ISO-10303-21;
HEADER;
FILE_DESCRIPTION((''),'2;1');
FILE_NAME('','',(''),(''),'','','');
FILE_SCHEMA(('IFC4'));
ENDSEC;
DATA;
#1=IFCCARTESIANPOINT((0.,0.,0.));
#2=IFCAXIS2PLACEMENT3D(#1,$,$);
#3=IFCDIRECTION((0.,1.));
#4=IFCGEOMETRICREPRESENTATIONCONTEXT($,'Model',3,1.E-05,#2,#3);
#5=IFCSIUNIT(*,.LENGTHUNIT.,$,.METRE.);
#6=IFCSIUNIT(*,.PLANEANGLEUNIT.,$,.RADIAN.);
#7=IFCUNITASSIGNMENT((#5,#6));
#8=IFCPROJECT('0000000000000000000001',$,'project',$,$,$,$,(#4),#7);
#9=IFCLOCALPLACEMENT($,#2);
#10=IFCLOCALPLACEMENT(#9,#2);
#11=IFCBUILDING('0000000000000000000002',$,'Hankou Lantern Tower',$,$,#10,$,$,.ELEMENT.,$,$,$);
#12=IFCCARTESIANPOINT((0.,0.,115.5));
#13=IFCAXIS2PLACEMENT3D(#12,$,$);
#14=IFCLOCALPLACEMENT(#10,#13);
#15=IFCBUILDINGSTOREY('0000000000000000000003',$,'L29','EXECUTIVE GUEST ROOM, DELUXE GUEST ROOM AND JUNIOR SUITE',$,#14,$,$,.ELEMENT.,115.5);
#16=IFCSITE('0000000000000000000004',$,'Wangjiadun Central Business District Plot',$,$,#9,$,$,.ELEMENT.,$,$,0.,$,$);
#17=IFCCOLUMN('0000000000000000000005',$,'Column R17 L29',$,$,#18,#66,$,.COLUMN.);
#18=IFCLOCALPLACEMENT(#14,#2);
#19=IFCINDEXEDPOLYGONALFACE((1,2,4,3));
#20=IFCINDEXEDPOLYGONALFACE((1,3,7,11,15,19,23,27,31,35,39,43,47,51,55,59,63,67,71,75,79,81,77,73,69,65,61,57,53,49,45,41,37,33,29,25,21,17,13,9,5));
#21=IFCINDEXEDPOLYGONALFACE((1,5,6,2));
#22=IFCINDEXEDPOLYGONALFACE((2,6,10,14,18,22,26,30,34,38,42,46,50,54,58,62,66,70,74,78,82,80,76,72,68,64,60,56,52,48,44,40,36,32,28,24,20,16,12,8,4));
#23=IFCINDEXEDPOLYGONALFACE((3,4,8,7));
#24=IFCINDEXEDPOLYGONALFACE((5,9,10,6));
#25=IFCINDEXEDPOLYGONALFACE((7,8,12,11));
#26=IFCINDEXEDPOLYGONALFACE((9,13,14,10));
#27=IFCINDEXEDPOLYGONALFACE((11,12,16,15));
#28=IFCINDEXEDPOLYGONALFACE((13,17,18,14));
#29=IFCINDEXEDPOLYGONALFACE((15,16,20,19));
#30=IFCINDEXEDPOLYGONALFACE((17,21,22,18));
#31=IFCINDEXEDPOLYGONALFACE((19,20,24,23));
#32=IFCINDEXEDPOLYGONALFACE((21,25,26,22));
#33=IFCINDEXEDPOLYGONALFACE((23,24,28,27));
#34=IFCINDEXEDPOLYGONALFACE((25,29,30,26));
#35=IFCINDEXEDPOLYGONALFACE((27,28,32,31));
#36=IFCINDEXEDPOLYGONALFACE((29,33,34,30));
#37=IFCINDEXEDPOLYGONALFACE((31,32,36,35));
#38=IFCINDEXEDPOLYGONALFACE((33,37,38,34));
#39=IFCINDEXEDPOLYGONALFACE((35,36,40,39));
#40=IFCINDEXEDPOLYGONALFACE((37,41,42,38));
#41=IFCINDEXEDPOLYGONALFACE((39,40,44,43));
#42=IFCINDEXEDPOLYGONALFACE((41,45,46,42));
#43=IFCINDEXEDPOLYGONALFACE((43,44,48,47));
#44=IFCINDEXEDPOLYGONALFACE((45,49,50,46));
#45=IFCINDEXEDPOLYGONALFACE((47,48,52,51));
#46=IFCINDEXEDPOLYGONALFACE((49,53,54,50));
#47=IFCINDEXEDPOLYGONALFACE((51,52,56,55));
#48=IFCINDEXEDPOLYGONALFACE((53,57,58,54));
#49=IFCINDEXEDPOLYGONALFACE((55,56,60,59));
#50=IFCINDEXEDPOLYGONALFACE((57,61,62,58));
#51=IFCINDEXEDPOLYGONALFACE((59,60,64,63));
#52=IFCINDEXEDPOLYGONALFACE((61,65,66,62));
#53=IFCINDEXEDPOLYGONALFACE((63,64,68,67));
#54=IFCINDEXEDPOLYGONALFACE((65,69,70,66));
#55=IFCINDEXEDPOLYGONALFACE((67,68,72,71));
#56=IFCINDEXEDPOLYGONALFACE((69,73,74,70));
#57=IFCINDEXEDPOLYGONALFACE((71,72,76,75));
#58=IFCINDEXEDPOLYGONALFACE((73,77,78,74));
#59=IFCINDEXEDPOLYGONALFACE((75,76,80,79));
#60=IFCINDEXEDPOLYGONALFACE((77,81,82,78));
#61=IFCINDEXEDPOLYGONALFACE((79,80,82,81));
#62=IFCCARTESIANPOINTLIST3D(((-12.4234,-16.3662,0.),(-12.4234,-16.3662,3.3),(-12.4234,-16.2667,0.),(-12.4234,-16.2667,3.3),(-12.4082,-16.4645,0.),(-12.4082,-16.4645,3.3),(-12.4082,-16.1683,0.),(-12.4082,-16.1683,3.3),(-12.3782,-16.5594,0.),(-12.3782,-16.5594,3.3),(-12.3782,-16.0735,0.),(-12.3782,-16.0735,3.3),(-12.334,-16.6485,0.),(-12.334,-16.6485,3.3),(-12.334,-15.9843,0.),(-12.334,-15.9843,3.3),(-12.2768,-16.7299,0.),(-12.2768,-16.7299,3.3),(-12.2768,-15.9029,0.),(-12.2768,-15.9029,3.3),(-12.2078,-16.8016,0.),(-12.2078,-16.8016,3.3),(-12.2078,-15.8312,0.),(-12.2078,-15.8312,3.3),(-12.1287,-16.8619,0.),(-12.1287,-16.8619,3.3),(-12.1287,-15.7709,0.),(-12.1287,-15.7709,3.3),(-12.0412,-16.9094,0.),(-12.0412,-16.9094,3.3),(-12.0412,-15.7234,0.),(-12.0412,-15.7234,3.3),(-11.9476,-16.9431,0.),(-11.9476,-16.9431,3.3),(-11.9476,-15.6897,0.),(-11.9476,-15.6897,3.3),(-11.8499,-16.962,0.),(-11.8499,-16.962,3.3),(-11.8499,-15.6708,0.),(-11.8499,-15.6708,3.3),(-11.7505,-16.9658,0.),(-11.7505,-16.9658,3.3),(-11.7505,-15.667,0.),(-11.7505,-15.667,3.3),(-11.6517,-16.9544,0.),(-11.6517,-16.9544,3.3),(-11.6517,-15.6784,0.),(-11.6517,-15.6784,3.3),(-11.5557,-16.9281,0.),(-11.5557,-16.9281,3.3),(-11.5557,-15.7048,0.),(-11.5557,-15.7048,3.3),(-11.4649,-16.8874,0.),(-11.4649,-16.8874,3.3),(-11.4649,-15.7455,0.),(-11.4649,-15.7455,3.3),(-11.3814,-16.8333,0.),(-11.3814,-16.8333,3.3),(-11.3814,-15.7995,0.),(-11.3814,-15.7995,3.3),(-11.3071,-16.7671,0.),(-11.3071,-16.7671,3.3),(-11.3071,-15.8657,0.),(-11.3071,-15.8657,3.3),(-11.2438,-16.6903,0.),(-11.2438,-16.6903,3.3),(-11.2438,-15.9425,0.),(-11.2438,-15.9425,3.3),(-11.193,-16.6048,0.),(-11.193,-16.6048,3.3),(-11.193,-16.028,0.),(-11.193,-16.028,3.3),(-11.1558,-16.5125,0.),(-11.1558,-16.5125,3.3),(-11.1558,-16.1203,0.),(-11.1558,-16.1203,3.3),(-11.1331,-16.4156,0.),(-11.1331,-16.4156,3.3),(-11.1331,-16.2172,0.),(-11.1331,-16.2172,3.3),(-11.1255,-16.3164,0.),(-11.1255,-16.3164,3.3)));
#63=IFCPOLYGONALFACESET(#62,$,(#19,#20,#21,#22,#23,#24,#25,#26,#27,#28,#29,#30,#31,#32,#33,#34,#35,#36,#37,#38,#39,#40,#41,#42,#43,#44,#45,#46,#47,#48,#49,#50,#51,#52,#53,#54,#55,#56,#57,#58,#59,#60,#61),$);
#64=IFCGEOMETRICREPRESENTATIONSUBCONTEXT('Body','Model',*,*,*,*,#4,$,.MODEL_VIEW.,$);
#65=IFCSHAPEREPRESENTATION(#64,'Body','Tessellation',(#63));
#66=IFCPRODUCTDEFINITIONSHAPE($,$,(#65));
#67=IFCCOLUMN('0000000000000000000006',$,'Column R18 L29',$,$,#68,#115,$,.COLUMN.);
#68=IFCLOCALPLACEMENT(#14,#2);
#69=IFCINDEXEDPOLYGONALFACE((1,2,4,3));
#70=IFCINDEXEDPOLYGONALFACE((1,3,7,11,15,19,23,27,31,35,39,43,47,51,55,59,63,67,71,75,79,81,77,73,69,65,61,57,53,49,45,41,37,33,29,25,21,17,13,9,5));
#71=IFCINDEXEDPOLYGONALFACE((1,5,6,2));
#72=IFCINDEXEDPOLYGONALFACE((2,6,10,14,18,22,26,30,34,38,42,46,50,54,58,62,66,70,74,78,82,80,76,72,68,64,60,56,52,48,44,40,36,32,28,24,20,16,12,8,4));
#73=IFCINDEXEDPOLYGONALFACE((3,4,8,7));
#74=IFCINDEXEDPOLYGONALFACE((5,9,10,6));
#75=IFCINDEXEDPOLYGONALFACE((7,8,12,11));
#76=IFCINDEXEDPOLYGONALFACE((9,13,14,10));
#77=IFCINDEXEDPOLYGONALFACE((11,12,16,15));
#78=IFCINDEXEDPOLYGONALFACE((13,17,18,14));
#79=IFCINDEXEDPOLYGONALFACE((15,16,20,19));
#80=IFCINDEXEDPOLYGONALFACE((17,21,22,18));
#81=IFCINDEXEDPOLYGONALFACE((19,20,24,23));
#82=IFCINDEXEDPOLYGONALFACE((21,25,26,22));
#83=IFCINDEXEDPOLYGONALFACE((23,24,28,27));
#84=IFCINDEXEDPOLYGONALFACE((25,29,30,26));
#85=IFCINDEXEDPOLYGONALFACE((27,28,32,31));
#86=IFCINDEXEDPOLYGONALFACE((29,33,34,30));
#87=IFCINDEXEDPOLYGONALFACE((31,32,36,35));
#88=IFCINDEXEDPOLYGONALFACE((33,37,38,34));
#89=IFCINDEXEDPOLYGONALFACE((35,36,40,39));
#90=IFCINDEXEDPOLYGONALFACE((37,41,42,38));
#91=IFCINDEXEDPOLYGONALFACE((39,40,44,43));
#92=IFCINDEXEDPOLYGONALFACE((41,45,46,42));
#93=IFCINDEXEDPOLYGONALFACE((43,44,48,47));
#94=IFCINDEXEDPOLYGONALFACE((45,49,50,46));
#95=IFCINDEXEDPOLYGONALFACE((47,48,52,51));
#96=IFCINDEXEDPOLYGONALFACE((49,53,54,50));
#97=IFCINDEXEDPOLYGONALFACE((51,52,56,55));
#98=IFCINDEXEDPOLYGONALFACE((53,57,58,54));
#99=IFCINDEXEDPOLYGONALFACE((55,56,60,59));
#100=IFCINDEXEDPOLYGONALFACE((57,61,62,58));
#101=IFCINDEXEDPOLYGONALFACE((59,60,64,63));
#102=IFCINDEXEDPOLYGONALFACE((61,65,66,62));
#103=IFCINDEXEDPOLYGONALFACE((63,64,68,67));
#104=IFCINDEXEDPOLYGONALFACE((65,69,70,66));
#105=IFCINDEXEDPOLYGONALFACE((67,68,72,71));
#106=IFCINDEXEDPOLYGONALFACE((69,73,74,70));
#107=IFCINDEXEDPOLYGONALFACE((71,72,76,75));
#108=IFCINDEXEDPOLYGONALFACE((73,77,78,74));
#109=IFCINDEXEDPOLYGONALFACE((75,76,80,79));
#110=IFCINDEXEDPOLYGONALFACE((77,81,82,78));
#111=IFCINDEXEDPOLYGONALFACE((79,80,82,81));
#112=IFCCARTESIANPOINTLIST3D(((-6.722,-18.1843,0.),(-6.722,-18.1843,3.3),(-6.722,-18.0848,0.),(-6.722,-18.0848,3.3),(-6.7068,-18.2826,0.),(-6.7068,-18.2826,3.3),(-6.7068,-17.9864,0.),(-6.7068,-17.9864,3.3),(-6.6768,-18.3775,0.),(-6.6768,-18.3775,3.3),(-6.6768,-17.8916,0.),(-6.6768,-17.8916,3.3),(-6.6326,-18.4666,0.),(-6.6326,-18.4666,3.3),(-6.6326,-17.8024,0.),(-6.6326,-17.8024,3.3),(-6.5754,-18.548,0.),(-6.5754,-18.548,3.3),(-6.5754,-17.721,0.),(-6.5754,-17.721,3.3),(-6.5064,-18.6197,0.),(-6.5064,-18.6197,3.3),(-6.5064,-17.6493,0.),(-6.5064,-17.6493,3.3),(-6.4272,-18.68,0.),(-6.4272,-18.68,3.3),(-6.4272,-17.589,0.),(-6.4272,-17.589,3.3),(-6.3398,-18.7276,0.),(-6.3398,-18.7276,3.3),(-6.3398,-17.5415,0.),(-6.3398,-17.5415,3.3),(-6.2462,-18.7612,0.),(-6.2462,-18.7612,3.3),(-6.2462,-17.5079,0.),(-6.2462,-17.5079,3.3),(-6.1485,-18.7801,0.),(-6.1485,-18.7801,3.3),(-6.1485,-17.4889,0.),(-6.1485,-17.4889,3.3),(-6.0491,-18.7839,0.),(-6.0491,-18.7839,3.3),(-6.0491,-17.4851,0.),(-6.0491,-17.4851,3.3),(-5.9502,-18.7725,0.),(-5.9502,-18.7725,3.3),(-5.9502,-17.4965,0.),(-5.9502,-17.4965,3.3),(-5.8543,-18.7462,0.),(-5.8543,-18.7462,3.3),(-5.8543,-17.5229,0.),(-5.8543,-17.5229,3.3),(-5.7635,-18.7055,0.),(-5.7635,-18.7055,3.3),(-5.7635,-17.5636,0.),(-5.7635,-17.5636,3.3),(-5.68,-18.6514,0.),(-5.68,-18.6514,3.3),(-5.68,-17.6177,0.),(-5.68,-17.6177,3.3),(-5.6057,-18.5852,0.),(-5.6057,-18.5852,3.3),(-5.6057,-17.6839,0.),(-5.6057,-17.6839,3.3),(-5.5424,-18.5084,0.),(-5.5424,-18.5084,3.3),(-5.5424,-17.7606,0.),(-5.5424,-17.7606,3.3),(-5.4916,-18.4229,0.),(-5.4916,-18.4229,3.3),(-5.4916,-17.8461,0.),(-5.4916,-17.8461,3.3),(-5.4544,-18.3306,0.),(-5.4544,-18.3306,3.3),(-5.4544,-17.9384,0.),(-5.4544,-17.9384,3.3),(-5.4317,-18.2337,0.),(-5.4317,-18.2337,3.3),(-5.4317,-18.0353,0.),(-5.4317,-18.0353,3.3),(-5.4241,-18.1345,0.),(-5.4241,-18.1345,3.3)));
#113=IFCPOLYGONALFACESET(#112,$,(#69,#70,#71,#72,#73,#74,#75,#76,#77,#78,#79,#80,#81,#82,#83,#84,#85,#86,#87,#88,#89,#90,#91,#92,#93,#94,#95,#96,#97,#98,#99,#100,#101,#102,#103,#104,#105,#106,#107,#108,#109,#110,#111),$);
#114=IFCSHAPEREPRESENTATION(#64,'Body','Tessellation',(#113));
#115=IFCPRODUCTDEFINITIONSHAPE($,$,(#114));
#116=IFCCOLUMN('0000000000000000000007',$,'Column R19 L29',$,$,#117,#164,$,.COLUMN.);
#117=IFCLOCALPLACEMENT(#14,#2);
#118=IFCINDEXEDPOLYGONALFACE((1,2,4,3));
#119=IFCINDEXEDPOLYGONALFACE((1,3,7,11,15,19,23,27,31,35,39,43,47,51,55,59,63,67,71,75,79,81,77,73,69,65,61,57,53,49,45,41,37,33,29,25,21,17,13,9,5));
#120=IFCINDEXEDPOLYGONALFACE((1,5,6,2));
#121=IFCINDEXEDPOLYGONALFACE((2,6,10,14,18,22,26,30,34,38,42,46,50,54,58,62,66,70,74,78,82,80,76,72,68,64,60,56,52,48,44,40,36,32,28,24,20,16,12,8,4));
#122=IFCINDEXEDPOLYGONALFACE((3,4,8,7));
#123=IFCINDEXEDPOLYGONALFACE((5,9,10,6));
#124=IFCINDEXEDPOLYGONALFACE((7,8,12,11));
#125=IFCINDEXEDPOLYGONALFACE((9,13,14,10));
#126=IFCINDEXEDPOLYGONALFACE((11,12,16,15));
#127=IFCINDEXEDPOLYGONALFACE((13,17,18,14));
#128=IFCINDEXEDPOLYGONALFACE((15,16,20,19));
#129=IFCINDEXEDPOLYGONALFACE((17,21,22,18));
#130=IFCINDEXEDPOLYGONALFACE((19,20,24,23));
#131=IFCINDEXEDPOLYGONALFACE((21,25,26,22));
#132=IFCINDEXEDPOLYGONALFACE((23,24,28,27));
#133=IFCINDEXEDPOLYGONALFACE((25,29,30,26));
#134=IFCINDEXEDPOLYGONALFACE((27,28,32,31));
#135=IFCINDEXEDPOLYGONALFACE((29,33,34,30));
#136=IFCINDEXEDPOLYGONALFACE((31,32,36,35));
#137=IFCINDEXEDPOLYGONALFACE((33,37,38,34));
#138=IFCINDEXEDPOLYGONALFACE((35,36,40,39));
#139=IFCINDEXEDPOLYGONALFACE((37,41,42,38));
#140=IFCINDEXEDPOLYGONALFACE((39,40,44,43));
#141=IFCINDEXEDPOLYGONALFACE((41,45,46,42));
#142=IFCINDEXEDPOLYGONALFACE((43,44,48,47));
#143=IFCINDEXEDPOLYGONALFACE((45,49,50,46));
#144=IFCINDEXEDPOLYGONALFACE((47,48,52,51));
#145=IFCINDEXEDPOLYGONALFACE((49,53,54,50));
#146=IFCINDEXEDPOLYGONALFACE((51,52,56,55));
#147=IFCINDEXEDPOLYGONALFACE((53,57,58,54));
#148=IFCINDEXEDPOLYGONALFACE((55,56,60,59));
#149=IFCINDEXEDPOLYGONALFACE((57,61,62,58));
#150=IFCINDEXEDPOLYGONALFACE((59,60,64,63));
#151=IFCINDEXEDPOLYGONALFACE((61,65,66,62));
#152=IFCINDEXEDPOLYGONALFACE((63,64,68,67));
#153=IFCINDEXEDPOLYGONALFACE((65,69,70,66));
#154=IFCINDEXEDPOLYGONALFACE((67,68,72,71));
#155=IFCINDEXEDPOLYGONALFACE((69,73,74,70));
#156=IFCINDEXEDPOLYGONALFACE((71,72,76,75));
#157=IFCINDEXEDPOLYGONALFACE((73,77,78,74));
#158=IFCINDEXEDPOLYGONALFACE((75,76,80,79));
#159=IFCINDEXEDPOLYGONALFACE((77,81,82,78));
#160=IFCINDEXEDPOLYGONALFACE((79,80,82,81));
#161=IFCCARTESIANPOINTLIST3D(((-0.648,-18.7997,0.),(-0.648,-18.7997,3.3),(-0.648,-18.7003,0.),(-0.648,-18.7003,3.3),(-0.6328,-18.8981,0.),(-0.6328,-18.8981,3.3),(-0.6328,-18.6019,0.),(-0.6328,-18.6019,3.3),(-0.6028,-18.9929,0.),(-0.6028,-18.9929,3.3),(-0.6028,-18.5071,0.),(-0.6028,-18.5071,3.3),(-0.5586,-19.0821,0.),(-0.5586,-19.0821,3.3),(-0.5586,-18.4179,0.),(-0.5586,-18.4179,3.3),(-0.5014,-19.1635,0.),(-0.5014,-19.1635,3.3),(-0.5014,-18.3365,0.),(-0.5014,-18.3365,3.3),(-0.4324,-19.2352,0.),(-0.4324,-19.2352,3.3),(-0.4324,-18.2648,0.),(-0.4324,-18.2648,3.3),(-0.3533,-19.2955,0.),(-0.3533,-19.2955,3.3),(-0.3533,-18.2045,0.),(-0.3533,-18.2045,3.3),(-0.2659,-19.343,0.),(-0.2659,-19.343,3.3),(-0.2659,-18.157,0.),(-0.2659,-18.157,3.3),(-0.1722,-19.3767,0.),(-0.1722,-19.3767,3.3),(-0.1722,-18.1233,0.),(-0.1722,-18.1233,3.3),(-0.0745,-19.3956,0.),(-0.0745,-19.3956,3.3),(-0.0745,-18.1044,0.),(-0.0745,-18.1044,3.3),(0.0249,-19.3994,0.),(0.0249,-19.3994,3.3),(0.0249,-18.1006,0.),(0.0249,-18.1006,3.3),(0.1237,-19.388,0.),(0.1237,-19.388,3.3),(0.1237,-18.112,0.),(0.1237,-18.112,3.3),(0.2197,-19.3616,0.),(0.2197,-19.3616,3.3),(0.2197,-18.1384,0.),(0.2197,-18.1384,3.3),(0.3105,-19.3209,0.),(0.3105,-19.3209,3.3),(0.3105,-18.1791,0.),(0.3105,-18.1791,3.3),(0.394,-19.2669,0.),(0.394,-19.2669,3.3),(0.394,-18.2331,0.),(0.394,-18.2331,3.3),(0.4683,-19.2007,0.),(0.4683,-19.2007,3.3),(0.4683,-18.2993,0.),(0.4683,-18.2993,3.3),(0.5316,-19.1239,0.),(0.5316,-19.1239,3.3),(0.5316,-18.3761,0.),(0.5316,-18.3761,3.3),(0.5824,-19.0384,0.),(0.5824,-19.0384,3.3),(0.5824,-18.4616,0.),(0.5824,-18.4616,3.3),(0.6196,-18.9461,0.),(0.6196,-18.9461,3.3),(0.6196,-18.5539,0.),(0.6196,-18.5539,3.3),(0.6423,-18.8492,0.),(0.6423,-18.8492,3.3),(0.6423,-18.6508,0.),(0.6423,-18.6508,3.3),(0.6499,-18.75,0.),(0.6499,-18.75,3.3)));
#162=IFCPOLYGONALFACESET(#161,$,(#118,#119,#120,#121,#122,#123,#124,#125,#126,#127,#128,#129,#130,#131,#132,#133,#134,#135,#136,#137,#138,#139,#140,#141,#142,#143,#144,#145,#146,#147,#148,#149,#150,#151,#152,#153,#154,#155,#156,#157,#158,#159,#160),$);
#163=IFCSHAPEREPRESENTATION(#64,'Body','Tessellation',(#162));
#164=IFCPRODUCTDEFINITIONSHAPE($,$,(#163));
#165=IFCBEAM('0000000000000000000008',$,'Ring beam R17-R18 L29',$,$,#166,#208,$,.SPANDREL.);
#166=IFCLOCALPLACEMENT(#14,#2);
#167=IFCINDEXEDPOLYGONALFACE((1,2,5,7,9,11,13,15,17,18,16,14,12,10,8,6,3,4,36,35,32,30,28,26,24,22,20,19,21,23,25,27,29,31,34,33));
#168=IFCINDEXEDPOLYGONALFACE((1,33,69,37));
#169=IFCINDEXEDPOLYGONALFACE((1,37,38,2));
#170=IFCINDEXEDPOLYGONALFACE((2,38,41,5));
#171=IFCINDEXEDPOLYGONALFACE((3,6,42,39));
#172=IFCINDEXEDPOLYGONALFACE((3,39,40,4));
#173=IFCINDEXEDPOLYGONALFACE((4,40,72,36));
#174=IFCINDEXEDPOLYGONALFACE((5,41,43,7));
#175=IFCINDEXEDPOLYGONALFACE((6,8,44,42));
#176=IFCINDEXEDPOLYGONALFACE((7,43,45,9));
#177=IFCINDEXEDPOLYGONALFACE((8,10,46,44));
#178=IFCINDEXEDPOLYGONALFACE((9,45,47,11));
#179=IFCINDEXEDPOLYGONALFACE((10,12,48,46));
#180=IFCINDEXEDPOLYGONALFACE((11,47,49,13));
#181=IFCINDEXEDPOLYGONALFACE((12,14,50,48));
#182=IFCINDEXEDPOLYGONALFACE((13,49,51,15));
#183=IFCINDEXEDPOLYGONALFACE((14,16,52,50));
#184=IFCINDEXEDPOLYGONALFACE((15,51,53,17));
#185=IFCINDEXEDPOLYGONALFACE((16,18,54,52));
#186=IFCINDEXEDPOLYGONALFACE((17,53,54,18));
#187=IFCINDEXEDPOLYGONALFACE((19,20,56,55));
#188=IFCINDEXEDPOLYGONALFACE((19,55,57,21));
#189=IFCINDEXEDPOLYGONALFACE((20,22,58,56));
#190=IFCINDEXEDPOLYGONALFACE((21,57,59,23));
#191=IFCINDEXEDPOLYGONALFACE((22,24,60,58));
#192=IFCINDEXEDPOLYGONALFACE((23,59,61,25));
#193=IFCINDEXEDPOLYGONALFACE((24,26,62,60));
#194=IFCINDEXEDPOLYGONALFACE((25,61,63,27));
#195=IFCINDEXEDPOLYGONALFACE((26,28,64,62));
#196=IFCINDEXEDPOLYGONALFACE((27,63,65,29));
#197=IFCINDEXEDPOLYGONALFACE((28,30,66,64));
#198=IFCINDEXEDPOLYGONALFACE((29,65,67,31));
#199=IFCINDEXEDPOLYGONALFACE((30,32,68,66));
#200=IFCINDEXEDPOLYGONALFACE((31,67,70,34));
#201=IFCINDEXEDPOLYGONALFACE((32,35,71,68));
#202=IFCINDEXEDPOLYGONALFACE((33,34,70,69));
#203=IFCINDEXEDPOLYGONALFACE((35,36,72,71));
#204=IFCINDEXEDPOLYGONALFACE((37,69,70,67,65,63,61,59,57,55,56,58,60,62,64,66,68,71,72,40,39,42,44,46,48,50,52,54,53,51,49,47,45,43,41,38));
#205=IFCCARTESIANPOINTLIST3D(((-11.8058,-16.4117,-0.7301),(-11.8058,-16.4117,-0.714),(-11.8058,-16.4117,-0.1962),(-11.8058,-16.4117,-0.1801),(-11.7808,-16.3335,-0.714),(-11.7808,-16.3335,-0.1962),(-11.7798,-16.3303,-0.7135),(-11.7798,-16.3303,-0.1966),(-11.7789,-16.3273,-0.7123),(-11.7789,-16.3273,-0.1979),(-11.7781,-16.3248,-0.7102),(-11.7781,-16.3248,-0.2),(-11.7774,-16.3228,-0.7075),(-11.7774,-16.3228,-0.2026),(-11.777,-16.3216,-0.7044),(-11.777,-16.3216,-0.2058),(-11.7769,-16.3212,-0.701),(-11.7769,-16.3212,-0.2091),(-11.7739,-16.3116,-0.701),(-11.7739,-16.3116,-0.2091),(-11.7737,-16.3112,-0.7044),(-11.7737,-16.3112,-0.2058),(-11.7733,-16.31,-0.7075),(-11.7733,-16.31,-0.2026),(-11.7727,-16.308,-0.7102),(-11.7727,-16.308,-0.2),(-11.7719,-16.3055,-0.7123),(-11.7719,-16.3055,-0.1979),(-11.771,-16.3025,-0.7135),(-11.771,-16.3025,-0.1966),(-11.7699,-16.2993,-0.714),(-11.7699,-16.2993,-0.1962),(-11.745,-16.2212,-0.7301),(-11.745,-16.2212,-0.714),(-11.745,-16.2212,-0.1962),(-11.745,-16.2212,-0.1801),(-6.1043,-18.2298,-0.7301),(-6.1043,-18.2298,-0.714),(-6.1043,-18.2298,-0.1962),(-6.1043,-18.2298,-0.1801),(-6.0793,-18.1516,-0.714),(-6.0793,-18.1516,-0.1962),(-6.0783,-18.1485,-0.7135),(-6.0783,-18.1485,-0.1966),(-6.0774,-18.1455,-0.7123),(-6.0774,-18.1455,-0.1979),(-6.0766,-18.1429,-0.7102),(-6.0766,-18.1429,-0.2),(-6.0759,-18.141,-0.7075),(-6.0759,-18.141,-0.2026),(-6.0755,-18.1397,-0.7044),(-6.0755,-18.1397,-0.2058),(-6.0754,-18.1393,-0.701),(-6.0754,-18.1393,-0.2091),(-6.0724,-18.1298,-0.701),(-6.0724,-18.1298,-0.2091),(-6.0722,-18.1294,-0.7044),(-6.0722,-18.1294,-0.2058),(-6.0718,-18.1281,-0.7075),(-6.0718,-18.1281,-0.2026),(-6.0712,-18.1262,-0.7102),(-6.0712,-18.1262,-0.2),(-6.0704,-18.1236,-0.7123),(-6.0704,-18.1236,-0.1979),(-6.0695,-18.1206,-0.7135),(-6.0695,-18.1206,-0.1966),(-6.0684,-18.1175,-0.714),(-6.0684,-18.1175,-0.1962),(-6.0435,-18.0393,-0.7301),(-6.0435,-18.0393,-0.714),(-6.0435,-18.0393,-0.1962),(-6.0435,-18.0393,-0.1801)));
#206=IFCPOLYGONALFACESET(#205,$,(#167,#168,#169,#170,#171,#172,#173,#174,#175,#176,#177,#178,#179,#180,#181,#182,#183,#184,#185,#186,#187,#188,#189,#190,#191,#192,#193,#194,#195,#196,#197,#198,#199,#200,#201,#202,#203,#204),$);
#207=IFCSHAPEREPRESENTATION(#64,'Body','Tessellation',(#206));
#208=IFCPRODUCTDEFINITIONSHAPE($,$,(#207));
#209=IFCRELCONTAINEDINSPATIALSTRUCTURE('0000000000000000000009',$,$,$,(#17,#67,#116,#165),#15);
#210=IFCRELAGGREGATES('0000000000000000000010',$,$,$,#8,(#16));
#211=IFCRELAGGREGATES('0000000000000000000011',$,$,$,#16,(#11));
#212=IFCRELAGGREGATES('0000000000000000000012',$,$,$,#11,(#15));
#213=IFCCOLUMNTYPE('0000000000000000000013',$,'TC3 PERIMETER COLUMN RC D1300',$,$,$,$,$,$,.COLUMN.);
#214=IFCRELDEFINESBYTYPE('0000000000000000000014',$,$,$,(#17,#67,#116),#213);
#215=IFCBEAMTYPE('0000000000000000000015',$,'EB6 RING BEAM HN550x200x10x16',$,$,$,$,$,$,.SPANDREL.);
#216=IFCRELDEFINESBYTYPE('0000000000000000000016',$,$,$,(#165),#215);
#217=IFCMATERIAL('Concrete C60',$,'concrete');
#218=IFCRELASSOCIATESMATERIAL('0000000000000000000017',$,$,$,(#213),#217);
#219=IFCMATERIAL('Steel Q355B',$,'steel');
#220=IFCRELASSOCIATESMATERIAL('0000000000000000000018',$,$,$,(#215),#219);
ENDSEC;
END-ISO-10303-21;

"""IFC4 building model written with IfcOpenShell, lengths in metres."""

from ifc_helpers import new_model, si_unit, direction, frame, origin, origin_2d, place, context, subcontext, project, spatial, circle, i_section, extrude, material, material_profile, profile_set, type_object, element, save


model = new_model("IFC4")

# Units and contexts
model_context = context("Model", 3, precision=1e-05, world=origin(), true_north=direction((0.0, 1.0)))
body_context = subcontext(model_context, "Body", "Model", "MODEL_VIEW")
ifc_project = project(units=[si_unit("LENGTHUNIT", "METRE"), si_unit("PLANEANGLEUNIT", "RADIAN")], contexts=[model_context])

# Site, building, storey
site_placement = place(None, origin())
site = spatial("IfcSite", under=ifc_project, at=site_placement, Name="Wangjiadun Central Business District Plot", CompositionType="ELEMENT", RefElevation=0.0)
building_placement = place(site_placement, origin())
building = spatial("IfcBuilding", under=site, at=building_placement, Name="Hankou Lantern Tower", CompositionType="ELEMENT")
storey_placement = place(building_placement, frame((0.0, 0.0, 115.5)))
storey = spatial("IfcBuildingStorey", under=building, at=storey_placement, Name="L29", Description="EXECUTIVE GUEST ROOM, DELUXE GUEST ROOM AND JUNIOR SUITE", CompositionType="ELEMENT", Elevation=115.5)

# Columns
ifc_material_1 = material(Name="Concrete C60", Category="concrete")
ifc_material_profile_1 = material_profile(ifc_material_1, circle(Radius=0.6499, at=origin_2d()), Name="RC D1300")
ifc_profile_set_1 = profile_set([ifc_material_profile_1], Name="Concrete C60")
column_type = type_object("IfcColumnType", Name="TC3 PERIMETER COLUMN RC D1300", PredefinedType="COLUMN", material=ifc_profile_set_1)
for number, where, z_axis, x_axis, name in (
    (1, (-11.7754, -16.3164, 0.0), (0.0, 0.0, 1.0), (1.0, 0.0, 0.0), "Column R17 L29"),
    (2, (-6.074, -18.1345, 0.0), (0.0, 0.0, 1.0), (1.0, 0.0, 0.0), "Column R18 L29"),
    (3, (0.0, -18.75, 0.0), (0.0, 0.0, 1.0), (1.0, 0.0, 0.0), "Column R19 L29"),
):
    element("IfcColumn", number, at=place(storey_placement, frame(where, z_axis=z_axis, x_axis=x_axis)), inside=storey, type_object=column_type, Name=name, PredefinedType="COLUMN", context=body_context, shape_type="SweptSolid", body=[
        extrude(circle(Radius=0.6499, at=origin_2d()), origin(), (0.0, 0.0, 1.0), 3.3),
    ])

# Beam
ifc_material_2 = material(Name="Steel Q355B", Category="steel")
ifc_material_profile_2 = material_profile(ifc_material_2, i_section(OverallWidth=0.2, OverallDepth=0.55, WebThickness=0.01, FlangeThickness=0.0161, FilletRadius=0.0129, at=origin_2d()), Name="HN550x200x10x16")
ifc_profile_set_2 = profile_set([ifc_material_profile_2], Name="Steel Q355B")
beam_type_1 = type_object("IfcBeamType", Name="EB6 RING BEAM HN550x200x10x16", PredefinedType="SPANDREL", material=ifc_profile_set_2)
beam_1_placement = place(storey_placement, frame((-11.7754, -16.3164, -0.4551), z_axis=(0.952731, -0.303815, 0.0), x_axis=(0.303815, 0.952731, 0.0)))
element("IfcBeam", 4, at=beam_1_placement, inside=storey, type_object=beam_type_1, Name="Ring beam R17-R18 L29", PredefinedType="SPANDREL", context=body_context, shape_type="SweptSolid", body=[
    extrude(i_section(OverallWidth=0.2, OverallDepth=0.55, WebThickness=0.01, FlangeThickness=0.0161, FilletRadius=0.0129, at=origin_2d()), origin(), (0.0, 0.0, 1.0), 5.9844),
])

save(model, "model.ifc")
